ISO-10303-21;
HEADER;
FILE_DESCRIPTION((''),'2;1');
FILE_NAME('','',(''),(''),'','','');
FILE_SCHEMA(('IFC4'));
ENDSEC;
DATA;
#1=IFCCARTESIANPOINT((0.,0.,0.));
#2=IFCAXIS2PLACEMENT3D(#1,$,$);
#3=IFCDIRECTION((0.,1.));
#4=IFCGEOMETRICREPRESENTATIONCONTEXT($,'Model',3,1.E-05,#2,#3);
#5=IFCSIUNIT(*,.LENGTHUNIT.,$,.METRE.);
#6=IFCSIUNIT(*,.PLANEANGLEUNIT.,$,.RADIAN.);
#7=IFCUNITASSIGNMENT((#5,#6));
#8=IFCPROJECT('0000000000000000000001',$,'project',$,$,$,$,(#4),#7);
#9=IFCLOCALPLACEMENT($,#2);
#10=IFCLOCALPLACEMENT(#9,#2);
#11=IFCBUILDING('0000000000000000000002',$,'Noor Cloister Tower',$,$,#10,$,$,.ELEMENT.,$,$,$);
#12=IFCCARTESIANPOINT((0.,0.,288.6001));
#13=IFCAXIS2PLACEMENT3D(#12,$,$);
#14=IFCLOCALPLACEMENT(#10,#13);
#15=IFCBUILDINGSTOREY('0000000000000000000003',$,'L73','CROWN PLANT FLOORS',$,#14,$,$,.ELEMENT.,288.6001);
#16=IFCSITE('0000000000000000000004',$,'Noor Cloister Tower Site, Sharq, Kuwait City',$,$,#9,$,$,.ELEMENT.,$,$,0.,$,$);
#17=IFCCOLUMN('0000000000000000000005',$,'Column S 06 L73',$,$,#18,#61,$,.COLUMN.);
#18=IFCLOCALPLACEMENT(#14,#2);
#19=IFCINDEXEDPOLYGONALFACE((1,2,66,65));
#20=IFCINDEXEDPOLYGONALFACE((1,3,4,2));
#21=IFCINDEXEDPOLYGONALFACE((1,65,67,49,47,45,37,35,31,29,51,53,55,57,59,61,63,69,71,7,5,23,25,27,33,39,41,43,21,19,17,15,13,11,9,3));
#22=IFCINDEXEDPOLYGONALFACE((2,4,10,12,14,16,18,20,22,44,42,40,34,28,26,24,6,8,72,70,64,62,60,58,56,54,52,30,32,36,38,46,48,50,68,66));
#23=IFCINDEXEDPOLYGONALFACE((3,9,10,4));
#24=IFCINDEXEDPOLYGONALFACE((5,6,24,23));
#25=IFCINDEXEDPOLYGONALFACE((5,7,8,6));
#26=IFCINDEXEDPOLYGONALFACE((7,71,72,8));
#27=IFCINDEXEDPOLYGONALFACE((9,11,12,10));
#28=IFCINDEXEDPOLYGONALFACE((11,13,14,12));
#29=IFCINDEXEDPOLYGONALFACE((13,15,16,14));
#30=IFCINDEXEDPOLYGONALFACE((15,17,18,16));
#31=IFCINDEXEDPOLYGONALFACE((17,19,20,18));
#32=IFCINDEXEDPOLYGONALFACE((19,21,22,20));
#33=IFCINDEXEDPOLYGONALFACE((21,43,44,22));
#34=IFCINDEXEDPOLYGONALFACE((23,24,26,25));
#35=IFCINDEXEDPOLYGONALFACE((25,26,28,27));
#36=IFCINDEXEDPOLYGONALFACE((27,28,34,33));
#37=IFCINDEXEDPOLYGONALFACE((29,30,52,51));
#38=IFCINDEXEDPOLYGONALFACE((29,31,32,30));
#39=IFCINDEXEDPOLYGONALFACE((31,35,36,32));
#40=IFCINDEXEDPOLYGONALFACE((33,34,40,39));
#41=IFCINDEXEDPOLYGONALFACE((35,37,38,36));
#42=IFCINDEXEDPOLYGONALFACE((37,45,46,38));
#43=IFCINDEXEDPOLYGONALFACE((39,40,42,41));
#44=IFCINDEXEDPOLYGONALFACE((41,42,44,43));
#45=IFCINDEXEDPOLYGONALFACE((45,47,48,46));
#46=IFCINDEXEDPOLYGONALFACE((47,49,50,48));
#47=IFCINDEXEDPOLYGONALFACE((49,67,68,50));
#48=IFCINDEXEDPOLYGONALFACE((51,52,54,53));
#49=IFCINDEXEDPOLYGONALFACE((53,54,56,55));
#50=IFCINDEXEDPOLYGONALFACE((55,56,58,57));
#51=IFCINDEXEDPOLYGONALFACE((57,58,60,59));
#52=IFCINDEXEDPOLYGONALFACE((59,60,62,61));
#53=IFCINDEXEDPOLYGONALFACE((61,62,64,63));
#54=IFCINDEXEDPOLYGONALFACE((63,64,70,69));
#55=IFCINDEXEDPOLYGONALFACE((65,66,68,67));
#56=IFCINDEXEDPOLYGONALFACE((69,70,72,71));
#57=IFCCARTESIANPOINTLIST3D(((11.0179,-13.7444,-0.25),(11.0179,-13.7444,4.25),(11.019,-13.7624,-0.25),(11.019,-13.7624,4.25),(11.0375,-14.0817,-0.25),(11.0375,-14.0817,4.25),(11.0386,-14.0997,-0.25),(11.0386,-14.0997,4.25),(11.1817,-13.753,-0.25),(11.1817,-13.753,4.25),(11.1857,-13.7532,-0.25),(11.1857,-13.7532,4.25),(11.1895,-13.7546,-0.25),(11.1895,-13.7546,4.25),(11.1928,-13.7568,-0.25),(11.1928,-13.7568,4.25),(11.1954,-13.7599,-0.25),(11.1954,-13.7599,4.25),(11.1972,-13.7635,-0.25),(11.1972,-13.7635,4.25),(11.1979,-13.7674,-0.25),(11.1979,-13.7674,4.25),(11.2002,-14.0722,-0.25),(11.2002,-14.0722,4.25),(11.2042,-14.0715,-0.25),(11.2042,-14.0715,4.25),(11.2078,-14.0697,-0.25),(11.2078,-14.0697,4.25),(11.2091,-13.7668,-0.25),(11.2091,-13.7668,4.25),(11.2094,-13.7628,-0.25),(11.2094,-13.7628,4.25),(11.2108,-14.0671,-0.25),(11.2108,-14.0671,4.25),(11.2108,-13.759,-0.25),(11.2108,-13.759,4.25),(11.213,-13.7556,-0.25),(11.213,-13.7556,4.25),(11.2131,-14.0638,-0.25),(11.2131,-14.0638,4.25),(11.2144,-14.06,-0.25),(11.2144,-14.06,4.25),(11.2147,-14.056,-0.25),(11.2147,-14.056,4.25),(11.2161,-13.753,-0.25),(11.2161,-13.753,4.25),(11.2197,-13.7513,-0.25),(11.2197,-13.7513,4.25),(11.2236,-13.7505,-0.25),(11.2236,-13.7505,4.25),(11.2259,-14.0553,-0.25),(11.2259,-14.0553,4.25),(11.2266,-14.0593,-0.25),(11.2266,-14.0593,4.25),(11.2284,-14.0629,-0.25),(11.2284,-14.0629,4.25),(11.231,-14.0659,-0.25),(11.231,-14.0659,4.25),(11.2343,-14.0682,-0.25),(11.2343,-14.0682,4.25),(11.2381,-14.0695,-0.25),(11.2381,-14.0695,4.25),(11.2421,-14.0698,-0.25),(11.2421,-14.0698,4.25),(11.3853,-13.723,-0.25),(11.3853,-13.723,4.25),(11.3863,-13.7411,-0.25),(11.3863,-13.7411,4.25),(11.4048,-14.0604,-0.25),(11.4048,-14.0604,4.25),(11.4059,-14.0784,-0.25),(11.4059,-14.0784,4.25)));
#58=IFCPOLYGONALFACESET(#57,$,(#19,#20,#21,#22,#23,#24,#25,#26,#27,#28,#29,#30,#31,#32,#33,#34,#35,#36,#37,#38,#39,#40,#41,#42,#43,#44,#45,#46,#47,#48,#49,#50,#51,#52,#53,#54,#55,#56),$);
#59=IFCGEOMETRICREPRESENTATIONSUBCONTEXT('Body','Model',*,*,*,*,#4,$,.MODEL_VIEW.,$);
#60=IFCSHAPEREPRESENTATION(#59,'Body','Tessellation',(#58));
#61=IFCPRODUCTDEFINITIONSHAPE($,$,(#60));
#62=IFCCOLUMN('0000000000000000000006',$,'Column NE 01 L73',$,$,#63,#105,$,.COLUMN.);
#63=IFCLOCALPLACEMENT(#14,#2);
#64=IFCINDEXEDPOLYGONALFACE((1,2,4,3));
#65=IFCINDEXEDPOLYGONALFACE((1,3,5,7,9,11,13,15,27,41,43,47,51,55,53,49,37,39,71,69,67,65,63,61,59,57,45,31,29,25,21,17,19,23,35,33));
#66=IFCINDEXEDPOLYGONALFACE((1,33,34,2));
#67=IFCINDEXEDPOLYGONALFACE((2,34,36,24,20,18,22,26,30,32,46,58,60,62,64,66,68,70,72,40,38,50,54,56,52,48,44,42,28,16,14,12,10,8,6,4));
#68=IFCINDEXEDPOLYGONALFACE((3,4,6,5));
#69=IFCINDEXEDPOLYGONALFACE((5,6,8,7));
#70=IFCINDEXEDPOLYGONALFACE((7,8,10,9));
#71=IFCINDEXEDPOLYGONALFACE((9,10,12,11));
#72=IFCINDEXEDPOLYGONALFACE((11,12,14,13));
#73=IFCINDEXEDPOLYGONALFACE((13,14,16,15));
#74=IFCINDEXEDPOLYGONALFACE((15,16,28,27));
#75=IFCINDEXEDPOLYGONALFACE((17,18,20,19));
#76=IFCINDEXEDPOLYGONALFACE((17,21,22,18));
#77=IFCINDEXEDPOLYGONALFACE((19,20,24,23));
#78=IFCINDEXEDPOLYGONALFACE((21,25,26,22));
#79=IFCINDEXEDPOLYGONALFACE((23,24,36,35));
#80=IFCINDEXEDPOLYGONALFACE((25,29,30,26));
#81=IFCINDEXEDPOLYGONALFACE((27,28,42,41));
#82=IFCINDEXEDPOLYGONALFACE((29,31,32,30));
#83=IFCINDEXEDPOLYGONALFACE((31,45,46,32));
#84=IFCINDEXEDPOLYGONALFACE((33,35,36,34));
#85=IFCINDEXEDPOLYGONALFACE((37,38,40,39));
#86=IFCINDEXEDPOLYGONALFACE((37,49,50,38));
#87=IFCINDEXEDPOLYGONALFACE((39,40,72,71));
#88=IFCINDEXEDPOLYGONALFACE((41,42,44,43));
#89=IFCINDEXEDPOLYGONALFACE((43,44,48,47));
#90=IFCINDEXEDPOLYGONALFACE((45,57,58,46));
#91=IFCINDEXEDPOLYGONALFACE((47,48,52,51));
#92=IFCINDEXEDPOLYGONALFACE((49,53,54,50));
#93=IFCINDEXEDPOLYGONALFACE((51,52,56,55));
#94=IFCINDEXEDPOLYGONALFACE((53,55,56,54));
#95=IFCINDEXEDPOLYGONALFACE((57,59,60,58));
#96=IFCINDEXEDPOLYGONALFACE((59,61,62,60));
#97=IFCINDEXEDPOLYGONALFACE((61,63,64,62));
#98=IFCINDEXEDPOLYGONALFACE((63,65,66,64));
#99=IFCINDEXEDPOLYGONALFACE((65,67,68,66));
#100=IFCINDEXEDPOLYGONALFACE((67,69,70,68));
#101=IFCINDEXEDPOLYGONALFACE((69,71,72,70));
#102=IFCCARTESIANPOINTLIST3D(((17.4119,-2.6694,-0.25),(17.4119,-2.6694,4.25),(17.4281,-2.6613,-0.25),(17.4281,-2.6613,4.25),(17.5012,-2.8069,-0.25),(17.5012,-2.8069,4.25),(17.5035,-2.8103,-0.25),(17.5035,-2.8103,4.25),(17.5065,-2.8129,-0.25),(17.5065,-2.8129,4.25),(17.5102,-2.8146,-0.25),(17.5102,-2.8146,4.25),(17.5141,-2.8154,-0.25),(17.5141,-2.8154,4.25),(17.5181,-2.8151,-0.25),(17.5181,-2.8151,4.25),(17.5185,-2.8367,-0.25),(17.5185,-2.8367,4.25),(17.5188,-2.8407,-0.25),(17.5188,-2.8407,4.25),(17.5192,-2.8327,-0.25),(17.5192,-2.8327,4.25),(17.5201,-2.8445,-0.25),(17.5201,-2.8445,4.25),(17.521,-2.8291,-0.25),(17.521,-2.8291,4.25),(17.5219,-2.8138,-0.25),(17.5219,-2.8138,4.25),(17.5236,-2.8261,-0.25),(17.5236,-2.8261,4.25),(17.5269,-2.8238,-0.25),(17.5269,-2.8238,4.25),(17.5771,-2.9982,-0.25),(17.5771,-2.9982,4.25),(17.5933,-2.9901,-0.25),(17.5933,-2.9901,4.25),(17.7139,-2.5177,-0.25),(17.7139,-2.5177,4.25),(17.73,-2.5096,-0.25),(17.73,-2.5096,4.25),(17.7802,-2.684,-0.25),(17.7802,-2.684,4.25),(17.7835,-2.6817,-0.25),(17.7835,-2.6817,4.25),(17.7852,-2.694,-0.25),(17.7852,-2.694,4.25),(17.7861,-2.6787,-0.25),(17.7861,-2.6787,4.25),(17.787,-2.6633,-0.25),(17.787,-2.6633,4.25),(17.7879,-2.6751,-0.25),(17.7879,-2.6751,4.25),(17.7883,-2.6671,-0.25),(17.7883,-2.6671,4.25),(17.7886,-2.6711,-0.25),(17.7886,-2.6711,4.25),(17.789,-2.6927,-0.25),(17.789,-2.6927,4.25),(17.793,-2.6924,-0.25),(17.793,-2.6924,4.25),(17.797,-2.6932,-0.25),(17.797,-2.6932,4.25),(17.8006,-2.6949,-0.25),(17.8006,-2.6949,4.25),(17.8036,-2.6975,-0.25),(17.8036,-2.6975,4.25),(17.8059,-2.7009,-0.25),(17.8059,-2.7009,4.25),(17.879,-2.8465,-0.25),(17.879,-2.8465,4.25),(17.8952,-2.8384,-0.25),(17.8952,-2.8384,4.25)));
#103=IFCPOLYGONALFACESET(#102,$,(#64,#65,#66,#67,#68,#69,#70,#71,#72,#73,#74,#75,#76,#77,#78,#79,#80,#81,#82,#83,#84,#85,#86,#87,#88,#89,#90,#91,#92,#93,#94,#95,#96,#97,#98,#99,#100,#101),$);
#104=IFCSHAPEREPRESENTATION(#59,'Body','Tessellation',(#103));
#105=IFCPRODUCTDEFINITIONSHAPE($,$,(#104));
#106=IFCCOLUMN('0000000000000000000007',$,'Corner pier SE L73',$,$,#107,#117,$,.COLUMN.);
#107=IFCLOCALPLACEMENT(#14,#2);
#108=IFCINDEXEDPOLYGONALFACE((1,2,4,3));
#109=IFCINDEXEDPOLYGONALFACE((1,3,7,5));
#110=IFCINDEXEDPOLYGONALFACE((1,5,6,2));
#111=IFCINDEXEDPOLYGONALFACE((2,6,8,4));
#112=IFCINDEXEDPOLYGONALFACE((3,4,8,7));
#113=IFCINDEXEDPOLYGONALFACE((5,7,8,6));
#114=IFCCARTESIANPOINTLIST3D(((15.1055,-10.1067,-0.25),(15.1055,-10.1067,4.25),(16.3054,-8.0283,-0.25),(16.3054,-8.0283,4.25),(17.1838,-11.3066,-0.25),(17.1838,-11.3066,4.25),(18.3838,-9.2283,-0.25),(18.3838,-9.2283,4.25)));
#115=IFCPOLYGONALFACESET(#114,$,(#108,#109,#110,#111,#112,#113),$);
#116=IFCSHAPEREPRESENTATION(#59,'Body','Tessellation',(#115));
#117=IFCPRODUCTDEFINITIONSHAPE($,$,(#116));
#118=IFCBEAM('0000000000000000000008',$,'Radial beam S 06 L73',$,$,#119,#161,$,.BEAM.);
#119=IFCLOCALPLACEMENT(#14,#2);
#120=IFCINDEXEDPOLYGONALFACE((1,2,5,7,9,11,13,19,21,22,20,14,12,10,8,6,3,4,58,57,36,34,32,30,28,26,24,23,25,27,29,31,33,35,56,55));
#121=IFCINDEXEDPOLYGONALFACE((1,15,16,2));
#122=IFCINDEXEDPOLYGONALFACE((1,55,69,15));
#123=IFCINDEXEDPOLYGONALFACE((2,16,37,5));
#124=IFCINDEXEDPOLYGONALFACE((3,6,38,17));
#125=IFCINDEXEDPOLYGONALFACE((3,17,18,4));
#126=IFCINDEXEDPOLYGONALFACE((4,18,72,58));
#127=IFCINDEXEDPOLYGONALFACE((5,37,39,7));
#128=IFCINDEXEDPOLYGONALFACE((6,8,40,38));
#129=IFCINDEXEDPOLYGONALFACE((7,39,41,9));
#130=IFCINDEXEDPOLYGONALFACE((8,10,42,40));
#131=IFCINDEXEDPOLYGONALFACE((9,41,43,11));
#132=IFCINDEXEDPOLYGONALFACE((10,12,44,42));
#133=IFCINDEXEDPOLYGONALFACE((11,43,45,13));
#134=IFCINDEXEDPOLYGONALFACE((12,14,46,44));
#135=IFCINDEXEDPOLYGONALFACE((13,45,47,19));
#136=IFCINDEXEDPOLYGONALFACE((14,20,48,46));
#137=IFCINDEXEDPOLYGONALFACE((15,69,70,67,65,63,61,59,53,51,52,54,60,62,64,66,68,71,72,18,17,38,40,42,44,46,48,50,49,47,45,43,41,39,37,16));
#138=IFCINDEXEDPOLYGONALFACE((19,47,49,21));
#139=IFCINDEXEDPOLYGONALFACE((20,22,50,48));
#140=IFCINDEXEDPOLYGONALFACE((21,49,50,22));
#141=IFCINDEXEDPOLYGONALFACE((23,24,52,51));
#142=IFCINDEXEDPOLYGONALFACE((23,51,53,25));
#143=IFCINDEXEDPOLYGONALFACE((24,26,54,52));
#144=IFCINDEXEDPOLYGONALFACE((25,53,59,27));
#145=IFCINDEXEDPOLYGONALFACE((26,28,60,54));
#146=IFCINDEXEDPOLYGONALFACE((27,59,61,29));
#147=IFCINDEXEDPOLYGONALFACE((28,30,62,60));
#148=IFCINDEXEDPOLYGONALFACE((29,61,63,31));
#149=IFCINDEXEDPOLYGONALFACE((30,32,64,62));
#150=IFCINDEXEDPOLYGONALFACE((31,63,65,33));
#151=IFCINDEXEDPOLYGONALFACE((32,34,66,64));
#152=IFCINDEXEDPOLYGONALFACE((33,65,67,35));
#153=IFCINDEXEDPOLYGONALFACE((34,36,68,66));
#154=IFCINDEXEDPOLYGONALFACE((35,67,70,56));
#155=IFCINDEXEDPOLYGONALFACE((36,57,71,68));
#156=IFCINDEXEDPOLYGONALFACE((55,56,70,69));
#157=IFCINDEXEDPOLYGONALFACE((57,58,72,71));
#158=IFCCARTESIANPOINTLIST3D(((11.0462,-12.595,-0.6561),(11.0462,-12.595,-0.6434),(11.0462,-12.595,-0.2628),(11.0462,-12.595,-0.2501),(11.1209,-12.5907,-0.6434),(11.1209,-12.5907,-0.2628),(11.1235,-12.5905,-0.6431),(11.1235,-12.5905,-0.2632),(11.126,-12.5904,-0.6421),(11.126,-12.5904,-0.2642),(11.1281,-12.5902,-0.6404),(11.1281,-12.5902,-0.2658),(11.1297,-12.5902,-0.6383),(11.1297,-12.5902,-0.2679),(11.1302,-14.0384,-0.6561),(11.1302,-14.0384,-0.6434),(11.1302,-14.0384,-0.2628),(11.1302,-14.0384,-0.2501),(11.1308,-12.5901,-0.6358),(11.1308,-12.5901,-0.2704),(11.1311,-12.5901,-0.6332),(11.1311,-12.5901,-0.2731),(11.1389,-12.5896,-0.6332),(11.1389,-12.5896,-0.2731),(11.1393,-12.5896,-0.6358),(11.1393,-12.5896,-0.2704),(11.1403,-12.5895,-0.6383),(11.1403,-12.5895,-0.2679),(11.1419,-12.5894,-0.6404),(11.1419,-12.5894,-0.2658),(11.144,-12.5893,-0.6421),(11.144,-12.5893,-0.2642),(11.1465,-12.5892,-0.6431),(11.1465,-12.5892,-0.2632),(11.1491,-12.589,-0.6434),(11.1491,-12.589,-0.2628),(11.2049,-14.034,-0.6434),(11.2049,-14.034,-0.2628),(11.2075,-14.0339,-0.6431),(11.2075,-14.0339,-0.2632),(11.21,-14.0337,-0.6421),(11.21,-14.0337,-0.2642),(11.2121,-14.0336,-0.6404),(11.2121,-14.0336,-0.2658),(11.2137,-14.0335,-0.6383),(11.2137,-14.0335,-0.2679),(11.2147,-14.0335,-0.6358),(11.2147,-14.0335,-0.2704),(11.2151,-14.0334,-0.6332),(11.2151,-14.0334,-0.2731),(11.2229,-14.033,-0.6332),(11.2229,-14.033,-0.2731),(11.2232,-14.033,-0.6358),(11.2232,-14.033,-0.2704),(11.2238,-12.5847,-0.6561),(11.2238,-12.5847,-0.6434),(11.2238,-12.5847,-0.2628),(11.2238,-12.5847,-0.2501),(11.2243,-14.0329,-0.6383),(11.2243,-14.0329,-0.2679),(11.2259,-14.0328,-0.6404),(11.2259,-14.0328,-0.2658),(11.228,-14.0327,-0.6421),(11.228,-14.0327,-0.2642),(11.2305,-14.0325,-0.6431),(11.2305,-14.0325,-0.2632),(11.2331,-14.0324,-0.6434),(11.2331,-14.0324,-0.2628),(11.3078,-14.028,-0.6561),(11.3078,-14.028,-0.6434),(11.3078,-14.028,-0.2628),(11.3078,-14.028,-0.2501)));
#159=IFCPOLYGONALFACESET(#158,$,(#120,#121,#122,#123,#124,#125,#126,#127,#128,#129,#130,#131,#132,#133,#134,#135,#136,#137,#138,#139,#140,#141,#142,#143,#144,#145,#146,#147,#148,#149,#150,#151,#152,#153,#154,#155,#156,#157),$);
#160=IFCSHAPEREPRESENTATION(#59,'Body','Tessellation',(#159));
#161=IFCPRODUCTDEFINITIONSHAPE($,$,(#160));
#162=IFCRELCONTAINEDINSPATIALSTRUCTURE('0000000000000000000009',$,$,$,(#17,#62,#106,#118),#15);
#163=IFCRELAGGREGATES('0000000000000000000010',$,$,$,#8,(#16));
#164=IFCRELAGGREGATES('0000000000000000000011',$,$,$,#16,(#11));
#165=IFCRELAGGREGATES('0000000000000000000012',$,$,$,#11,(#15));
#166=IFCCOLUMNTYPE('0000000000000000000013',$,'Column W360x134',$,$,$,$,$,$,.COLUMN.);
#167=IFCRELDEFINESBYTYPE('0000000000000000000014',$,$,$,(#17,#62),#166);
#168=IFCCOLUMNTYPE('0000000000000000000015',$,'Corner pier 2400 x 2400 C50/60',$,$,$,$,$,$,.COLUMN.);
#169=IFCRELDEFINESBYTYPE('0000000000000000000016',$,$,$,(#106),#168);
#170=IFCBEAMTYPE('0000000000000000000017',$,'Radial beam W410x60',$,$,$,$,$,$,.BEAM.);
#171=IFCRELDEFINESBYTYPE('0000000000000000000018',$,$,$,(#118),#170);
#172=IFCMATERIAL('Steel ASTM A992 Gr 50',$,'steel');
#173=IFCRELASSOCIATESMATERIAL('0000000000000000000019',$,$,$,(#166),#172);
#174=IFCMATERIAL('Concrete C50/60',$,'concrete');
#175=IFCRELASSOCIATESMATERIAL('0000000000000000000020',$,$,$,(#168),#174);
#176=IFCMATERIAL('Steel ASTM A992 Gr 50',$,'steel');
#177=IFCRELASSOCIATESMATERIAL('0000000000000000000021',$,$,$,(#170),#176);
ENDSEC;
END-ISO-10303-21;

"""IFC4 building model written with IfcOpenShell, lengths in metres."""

from ifc_helpers import new_model, si_unit, direction, frame, origin, origin_2d, place, context, subcontext, project, spatial, rectangle, i_section, extrude, material, material_profile, profile_set, type_object, element, save


model = new_model("IFC4")

# Units and contexts
model_context = context("Model", 3, precision=1e-05, world=origin(), true_north=direction((0.0, 1.0)))
body_context = subcontext(model_context, "Body", "Model", "MODEL_VIEW")
ifc_project = project(units=[si_unit("LENGTHUNIT", "METRE"), si_unit("PLANEANGLEUNIT", "RADIAN")], contexts=[model_context])

# Site, building, storey
site_placement = place(None, origin())
site = spatial("IfcSite", under=ifc_project, at=site_placement, Name="Noor Cloister Tower Site, Sharq, Kuwait City", CompositionType="ELEMENT", RefElevation=0.0)
building_placement = place(site_placement, origin())
building = spatial("IfcBuilding", under=site, at=building_placement, Name="Noor Cloister Tower", CompositionType="ELEMENT")
storey_placement = place(building_placement, frame((0.0, 0.0, 288.6001)))
storey = spatial("IfcBuildingStorey", under=building, at=storey_placement, Name="L73", Description="CROWN PLANT FLOORS", CompositionType="ELEMENT", Elevation=288.6001)

# Columns
ifc_material_1 = material(Name="Steel ASTM A992 Gr 50", Category="steel")
ifc_material_profile_1 = material_profile(ifc_material_1, i_section(OverallWidth=0.3679, OverallDepth=0.356, WebThickness=0.0112, FlangeThickness=0.0181, FilletRadius=0.0154, at=origin_2d()), Name="W360x134")
ifc_profile_set_1 = profile_set([ifc_material_profile_1], Name="Steel ASTM A992 Gr 50")
column_type_1 = type_object("IfcColumnType", Name="Column W360x134", PredefinedType="COLUMN", material=ifc_profile_set_1)
for number, where, z_axis, x_axis, name in (
    (1, (11.2119, -13.9114, -0.25), (0.0, 0.0, 1.0), (0.99832, 0.057948, 0.0), "Column S 06 L73"),
    (2, (17.6536, -2.7539, -0.25), (0.0, 0.0, 1.0), (-0.448975, 0.893544, 0.0), "Column NE 01 L73"),
):
    element("IfcColumn", number, at=place(storey_placement, frame(where, z_axis=z_axis, x_axis=x_axis)), inside=storey, type_object=column_type_1, Name=name, PredefinedType="COLUMN", context=body_context, shape_type="SweptSolid", body=[
        extrude(i_section(OverallWidth=0.3679, OverallDepth=0.356, WebThickness=0.0112, FlangeThickness=0.0181, FilletRadius=0.0154, at=origin_2d()), origin(), (0.0, 0.0, 1.0), 4.5),
    ])
ifc_material_2 = material(Name="Concrete C50/60", Category="concrete")
ifc_material_profile_2 = material_profile(ifc_material_2, rectangle(XDim=2.3999, YDim=2.3999, at=origin_2d()), Name="RC 2400x2400")
ifc_profile_set_2 = profile_set([ifc_material_profile_2], Name="Concrete C50/60")
column_type_2 = type_object("IfcColumnType", Name="Corner pier 2400 x 2400 C50/60", PredefinedType="COLUMN", material=ifc_profile_set_2)
column_placement = place(storey_placement, frame((16.7446, -9.6675, -0.25), z_axis=(0.0, 0.0, 1.0), x_axis=(0.866025, -0.5, 0.0)))
element("IfcColumn", 3, at=column_placement, inside=storey, type_object=column_type_2, Name="Corner pier SE L73", PredefinedType="COLUMN", context=body_context, shape_type="SweptSolid", body=[
    extrude(rectangle(XDim=2.3999, YDim=2.3999, at=origin_2d()), origin(), (0.0, 0.0, 1.0), 4.5),
])

# Beam
ifc_material_3 = material(Name="Steel ASTM A992 Gr 50", Category="steel")
ifc_material_profile_3 = material_profile(ifc_material_3, i_section(OverallWidth=0.178, OverallDepth=0.406, WebThickness=0.0078, FlangeThickness=0.0127, FilletRadius=0.0103, at=origin_2d()), Name="W410x60")
ifc_profile_set_3 = profile_set([ifc_material_profile_3], Name="Steel ASTM A992 Gr 50")
beam_type_1 = type_object("IfcBeamType", Name="Radial beam W410x60", PredefinedType="BEAM", material=ifc_profile_set_3)
beam_1_placement = place(storey_placement, frame((11.219, -14.0332, -0.4531), z_axis=(-0.058088, 0.998311, 0.0), x_axis=(-0.998311, -0.058088, 0.0)))
element("IfcBeam", 4, at=beam_1_placement, inside=storey, type_object=beam_type_1, Name="Radial beam S 06 L73", PredefinedType="BEAM", context=body_context, shape_type="SweptSolid", body=[
    extrude(i_section(OverallWidth=0.178, OverallDepth=0.406, WebThickness=0.0078, FlangeThickness=0.0127, FilletRadius=0.0103, at=origin_2d()), origin(), (0.0, 0.0, 1.0), 1.4458),
])

save(model, "model.ifc")
